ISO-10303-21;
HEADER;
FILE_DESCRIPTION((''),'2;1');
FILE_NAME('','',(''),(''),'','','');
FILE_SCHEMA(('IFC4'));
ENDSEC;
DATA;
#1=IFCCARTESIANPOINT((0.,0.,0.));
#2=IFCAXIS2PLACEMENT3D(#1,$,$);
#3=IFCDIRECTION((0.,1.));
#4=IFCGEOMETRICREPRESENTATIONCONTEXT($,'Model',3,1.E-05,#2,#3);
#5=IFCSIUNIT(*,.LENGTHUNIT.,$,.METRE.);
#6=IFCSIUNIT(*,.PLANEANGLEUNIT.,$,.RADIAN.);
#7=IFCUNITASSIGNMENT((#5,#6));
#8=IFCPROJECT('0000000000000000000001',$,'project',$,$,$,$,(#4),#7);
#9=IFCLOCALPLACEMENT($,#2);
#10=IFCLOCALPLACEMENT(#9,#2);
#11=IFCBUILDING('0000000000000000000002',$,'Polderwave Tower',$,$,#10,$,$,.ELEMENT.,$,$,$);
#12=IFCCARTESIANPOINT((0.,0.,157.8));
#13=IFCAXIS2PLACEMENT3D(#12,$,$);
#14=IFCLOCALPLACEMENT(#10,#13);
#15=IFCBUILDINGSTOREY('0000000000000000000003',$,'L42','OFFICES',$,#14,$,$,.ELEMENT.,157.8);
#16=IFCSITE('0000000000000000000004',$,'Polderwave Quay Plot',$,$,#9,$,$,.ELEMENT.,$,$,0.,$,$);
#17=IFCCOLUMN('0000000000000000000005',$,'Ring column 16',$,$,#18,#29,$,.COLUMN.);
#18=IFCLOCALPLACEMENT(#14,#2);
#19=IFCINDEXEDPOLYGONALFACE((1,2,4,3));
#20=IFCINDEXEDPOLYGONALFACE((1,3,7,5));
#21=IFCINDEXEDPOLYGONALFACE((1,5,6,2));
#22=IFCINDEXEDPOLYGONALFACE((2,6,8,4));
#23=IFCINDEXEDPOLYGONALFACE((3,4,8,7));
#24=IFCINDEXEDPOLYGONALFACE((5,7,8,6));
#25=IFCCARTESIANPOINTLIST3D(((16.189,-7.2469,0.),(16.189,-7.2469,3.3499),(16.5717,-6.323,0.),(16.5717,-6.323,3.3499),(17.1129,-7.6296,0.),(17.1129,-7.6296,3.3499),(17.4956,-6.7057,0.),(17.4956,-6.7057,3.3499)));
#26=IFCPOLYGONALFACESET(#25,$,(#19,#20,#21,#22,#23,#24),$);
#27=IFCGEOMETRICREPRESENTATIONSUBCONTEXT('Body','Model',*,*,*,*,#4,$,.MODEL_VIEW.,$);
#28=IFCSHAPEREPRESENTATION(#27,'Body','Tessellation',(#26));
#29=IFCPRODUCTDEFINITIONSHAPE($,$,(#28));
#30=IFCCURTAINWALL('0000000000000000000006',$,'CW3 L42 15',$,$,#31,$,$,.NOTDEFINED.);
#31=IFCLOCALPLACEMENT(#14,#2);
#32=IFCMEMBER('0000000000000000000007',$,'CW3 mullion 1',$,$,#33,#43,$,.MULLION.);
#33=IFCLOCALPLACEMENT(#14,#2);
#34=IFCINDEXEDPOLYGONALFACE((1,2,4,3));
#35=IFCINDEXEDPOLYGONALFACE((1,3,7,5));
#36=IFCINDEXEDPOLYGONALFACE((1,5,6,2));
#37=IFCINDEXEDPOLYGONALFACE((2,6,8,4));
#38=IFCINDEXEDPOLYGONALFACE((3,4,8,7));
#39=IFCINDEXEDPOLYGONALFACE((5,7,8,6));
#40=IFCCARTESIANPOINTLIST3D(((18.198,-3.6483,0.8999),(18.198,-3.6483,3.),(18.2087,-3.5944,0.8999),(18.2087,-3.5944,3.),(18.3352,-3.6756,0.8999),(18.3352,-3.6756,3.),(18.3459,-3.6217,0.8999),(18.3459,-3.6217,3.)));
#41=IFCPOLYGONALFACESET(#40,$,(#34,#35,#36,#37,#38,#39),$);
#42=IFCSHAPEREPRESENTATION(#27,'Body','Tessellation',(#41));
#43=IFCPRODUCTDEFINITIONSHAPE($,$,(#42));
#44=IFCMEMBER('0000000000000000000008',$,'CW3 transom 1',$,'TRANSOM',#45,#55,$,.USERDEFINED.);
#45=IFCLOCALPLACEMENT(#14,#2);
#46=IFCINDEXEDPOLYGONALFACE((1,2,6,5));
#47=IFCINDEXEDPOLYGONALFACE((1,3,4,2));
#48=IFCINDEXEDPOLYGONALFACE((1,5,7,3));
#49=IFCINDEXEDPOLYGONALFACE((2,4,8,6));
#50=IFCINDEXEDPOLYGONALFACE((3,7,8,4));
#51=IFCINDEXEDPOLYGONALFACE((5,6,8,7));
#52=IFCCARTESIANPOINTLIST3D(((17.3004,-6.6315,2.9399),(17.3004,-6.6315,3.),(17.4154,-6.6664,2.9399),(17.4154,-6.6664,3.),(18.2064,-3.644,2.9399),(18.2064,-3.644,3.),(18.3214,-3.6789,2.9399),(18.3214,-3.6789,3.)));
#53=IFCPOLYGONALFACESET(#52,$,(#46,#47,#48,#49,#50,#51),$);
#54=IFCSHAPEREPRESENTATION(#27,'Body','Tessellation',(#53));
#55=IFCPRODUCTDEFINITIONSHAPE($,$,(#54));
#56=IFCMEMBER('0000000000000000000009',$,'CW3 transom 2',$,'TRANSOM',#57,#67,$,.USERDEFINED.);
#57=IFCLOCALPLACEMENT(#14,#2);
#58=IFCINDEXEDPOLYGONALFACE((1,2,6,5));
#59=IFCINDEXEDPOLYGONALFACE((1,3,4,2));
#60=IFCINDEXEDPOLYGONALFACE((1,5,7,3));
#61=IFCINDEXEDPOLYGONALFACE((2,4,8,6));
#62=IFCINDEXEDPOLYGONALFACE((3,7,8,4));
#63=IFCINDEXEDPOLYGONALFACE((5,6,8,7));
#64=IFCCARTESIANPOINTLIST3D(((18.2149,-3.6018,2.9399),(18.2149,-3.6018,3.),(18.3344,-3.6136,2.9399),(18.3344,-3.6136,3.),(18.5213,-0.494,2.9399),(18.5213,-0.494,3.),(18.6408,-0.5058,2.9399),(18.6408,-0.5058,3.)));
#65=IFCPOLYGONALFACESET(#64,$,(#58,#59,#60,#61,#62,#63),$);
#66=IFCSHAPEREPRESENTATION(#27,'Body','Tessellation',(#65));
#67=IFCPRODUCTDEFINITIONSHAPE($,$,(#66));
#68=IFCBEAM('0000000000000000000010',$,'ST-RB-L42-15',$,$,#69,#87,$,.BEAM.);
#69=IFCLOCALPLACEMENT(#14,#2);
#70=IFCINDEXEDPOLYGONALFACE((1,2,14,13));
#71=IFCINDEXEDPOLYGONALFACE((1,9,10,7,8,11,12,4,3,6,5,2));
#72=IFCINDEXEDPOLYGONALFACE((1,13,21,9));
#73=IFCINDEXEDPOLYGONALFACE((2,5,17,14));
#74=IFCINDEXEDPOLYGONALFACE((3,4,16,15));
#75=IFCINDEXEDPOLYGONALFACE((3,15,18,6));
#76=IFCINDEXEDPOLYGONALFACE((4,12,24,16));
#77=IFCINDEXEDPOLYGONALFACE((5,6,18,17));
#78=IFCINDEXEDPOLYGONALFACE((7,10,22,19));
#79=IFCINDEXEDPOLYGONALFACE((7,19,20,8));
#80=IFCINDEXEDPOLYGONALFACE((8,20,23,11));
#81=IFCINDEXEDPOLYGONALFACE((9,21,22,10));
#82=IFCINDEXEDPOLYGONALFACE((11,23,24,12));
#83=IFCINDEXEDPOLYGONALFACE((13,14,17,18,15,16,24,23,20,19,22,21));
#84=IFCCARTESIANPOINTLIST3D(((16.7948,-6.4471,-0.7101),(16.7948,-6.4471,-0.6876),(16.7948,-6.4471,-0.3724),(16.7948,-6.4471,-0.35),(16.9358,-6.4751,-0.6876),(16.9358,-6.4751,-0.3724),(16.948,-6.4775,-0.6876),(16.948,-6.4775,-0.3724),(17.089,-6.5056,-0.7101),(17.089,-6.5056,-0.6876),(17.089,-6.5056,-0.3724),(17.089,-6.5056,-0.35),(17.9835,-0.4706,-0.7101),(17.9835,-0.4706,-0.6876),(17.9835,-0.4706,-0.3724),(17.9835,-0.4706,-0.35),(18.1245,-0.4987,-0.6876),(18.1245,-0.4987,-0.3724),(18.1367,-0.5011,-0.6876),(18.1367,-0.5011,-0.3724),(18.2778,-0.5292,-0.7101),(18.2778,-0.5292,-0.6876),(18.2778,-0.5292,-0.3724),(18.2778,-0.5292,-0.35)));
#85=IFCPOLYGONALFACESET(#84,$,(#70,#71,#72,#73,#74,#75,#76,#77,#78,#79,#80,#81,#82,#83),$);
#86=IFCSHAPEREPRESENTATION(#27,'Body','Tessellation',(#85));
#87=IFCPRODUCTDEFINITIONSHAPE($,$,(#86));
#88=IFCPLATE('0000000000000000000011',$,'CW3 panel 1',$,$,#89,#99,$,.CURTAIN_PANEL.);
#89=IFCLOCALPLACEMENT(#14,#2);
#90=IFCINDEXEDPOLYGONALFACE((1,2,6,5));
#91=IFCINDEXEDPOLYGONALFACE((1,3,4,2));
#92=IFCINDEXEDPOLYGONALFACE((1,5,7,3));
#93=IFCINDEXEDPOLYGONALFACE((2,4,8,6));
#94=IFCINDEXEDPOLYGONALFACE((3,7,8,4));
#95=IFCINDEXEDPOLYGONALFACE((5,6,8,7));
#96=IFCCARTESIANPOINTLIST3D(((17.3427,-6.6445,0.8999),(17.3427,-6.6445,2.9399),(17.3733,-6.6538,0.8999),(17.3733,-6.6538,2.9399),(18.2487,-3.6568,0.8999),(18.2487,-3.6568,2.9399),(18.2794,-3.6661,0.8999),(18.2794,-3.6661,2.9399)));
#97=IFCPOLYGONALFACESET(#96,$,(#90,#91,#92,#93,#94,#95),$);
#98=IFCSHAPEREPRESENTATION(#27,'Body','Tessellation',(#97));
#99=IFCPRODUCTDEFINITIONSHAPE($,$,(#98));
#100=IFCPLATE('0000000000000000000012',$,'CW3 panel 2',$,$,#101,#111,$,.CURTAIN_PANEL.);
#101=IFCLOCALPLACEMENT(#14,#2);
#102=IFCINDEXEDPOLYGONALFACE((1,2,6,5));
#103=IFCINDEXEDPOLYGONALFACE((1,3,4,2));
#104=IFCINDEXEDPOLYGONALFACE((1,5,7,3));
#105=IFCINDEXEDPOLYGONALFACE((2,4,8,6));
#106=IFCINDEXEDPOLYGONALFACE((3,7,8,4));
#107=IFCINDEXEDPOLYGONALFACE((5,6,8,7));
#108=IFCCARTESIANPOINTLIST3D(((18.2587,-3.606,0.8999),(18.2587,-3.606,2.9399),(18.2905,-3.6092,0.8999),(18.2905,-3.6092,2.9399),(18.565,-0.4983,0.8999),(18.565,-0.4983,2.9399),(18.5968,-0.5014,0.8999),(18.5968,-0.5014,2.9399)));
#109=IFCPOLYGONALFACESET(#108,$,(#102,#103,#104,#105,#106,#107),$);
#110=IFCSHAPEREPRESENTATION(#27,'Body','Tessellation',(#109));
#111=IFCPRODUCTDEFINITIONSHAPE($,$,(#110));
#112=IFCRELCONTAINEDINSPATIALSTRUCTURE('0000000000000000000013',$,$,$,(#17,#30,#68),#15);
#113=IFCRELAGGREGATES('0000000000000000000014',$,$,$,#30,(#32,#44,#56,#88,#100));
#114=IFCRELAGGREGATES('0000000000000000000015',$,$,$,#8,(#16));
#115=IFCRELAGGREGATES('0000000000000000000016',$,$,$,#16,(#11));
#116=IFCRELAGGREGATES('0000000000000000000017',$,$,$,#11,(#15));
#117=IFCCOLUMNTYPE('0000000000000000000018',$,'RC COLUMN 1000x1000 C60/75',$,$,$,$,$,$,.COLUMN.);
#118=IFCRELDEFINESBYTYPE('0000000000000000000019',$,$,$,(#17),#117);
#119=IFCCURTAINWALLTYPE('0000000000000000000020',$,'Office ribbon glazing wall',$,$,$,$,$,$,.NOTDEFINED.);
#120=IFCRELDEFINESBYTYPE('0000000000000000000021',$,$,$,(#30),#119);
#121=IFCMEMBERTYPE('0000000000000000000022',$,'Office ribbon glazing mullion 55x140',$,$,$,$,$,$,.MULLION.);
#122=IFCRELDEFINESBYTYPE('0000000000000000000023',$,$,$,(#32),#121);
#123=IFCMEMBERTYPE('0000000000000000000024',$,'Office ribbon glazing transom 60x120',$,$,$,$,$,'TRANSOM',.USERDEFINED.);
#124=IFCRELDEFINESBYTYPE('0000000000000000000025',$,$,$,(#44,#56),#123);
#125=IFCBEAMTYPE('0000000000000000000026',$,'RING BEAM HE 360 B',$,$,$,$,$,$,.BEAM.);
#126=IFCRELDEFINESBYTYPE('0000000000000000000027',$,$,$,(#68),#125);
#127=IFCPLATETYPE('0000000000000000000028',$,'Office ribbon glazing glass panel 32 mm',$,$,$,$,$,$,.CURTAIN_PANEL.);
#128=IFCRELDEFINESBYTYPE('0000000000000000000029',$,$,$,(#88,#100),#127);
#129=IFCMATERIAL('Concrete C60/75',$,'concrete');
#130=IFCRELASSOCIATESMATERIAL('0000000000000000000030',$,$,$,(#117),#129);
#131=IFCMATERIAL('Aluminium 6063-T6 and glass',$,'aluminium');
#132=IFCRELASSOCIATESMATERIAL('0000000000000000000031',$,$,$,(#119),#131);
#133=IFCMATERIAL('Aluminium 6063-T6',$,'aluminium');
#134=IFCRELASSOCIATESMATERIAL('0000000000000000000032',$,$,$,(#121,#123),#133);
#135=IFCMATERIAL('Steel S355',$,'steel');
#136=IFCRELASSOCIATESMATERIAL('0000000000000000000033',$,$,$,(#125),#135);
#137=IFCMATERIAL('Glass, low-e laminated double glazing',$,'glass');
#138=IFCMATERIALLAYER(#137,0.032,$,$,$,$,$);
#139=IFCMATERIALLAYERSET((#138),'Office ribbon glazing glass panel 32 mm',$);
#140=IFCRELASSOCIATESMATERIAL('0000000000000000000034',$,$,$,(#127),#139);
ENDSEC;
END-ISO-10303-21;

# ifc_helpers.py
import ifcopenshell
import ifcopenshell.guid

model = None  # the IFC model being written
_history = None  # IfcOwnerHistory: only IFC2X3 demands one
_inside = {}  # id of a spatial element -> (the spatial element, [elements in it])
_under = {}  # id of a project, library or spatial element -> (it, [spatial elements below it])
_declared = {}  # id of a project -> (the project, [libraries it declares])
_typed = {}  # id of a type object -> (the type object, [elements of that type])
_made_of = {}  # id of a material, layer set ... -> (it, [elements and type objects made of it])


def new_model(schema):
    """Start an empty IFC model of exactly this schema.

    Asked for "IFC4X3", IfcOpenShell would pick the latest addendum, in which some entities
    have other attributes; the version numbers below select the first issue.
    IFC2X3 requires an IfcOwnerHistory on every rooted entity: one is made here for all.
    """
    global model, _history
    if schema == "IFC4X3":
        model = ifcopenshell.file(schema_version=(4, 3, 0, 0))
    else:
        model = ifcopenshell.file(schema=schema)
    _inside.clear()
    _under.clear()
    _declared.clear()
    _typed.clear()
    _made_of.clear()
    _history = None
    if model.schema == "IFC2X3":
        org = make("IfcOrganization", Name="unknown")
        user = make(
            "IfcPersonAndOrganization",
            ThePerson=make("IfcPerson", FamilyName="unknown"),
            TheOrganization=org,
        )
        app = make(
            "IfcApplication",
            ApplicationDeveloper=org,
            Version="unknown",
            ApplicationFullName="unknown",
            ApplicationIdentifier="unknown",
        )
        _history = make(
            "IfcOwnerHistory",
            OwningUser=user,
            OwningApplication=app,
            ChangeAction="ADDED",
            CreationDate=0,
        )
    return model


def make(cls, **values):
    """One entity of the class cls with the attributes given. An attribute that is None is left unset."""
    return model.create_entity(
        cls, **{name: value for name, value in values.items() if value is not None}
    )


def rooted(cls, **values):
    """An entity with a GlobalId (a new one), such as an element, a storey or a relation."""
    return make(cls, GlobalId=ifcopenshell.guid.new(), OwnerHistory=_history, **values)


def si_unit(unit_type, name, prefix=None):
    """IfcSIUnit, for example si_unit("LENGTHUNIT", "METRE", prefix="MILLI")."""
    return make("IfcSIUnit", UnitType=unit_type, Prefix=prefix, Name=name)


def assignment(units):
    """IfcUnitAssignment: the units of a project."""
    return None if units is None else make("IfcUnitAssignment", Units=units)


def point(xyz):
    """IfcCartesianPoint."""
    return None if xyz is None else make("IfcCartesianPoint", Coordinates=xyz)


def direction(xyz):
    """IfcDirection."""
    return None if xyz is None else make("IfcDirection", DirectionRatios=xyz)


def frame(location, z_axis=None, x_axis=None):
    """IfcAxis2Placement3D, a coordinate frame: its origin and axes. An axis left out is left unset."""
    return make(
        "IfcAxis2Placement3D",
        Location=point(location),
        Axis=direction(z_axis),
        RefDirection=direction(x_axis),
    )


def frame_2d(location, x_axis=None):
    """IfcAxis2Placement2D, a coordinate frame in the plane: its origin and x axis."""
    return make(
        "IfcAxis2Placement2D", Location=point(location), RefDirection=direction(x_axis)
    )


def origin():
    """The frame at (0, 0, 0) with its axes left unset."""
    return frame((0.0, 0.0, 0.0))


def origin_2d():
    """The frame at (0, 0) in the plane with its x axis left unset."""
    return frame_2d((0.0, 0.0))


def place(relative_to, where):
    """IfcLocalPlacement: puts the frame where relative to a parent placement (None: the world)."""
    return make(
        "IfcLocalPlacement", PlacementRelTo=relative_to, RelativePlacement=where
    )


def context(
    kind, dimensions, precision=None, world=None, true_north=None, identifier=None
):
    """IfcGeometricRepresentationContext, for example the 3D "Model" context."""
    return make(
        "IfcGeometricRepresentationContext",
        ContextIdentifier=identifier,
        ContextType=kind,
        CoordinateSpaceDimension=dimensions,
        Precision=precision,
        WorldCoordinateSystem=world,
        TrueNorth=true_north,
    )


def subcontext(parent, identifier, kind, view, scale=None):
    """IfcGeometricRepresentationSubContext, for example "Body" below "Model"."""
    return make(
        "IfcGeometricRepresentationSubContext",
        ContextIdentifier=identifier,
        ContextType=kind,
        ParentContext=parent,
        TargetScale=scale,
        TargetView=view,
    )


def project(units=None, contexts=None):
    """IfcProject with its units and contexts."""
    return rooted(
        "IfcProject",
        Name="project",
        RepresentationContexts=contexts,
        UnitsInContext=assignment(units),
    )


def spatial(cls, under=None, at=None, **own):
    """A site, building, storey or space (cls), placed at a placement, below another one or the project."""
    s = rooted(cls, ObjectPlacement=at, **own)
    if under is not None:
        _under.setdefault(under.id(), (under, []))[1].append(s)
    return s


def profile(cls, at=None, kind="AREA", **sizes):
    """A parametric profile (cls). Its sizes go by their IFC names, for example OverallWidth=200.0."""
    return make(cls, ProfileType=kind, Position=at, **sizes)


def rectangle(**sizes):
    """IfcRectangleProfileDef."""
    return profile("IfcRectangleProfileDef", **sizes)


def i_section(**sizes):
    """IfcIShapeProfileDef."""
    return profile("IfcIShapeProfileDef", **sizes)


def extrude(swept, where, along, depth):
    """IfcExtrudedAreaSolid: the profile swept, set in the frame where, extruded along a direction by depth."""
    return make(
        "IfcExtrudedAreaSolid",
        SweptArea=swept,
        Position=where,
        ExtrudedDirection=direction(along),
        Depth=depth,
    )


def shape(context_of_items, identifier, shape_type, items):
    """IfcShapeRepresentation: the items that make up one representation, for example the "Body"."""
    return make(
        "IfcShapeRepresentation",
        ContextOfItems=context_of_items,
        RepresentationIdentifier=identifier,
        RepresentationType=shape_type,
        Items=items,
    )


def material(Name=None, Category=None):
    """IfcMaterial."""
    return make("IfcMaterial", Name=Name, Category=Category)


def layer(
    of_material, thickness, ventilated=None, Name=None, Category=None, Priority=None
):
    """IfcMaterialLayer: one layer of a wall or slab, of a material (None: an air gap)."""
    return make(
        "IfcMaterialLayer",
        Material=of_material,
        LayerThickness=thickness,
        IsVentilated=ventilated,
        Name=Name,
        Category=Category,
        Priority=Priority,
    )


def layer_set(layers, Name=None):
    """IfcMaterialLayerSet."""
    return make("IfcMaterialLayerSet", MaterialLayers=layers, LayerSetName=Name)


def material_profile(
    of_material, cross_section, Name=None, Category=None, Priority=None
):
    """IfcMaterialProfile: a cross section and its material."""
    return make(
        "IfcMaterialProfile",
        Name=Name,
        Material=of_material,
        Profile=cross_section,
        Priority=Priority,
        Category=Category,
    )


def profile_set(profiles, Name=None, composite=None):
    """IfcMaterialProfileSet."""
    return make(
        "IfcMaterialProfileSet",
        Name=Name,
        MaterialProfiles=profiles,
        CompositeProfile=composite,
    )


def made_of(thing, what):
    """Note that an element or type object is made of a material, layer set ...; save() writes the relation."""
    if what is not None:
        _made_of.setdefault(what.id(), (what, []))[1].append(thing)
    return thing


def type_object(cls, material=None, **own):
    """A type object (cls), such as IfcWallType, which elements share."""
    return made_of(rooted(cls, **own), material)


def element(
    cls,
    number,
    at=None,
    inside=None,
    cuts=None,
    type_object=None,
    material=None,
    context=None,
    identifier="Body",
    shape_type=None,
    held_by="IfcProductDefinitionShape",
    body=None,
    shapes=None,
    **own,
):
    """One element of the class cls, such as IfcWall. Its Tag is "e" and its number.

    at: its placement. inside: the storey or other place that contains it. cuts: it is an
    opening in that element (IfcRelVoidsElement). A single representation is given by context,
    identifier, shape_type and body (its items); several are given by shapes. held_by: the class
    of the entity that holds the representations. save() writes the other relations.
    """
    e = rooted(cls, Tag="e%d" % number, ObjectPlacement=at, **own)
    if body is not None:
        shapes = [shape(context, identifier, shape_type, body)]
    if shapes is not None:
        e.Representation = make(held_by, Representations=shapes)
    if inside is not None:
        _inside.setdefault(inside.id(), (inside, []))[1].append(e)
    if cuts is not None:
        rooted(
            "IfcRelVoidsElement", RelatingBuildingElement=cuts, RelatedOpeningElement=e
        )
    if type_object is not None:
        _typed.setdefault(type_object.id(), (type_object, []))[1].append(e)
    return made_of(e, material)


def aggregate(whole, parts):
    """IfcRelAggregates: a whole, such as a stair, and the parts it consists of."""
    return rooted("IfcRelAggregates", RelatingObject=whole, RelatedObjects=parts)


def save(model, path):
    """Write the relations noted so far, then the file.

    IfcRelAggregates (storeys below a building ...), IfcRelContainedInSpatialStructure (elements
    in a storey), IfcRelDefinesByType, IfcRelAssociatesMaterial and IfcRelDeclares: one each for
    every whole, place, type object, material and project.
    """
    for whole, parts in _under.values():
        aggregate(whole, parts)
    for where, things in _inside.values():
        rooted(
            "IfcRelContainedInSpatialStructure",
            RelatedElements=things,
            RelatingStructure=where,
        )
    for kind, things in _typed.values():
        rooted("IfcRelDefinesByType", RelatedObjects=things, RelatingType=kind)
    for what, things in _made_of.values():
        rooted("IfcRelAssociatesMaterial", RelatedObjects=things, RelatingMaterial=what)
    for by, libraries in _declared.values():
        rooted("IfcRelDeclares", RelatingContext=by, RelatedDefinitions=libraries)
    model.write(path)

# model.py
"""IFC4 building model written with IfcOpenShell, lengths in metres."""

from ifc_helpers import new_model, si_unit, direction, frame, origin, origin_2d, place, context, subcontext, project, spatial, rectangle, i_section, extrude, material, layer, layer_set, material_profile, profile_set, type_object, element, aggregate, save


model = new_model("IFC4")

# Units and contexts
model_context = context("Model", 3, precision=1e-05, world=origin(), true_north=direction((0.0, 1.0)))
body_context = subcontext(model_context, "Body", "Model", "MODEL_VIEW")
ifc_project = project(units=[si_unit("LENGTHUNIT", "METRE"), si_unit("PLANEANGLEUNIT", "RADIAN")], contexts=[model_context])

# Site, building, storey
site_placement = place(None, origin())
site = spatial("IfcSite", under=ifc_project, at=site_placement, Name="Polderwave Quay Plot", CompositionType="ELEMENT", RefElevation=0.0)
building_placement = place(site_placement, origin())
building = spatial("IfcBuilding", under=site, at=building_placement, Name="Polderwave Tower", CompositionType="ELEMENT")
storey_placement = place(building_placement, frame((0.0, 0.0, 157.8)))
storey = spatial("IfcBuildingStorey", under=building, at=storey_placement, Name="L42", Description="OFFICES", CompositionType="ELEMENT", Elevation=157.8)

# Column
ifc_material_1 = material(Name="Concrete C60/75", Category="concrete")
ifc_material_profile_1 = material_profile(ifc_material_1, rectangle(XDim=1.0, YDim=1.0, at=origin_2d()), Name="RC 1000x1000")
ifc_profile_set_1 = profile_set([ifc_material_profile_1], Name="Concrete C60/75")
column_type = type_object("IfcColumnType", Name="RC COLUMN 1000x1000 C60/75", PredefinedType="COLUMN", material=ifc_profile_set_1)
column_placement = place(storey_placement, frame((16.8423, -6.9763, 0.0), z_axis=(0.0, 0.0, 1.0), x_axis=(0.92388, -0.382683, 0.0)))
element("IfcColumn", 1, at=column_placement, inside=storey, type_object=column_type, Name="Ring column 16", PredefinedType="COLUMN", context=body_context, shape_type="SweptSolid", body=[
    extrude(rectangle(XDim=1.0, YDim=1.0, at=origin_2d()), origin(), (0.0, 0.0, 1.0), 3.3499),
])

# Curtain wall, members
ifc_material_2 = material(Name="Aluminium 6063-T6 and glass", Category="aluminium")
curtain_wall_type = type_object("IfcCurtainWallType", Name="Office ribbon glazing wall", PredefinedType="NOTDEFINED", material=ifc_material_2)
curtain_wall_placement = place(storey_placement, origin())
curtain_wall = element("IfcCurtainWall", 2, at=curtain_wall_placement, inside=storey, type_object=curtain_wall_type, Name="CW3 L42 15", PredefinedType="NOTDEFINED")
ifc_material_3 = material(Name="Aluminium 6063-T6", Category="aluminium")
ifc_material_profile_2 = material_profile(ifc_material_3, rectangle(XDim=0.1399, YDim=0.0549, at=origin_2d()), Name="AL 55x140")
ifc_profile_set_2 = profile_set([ifc_material_profile_2], Name="Aluminium 6063-T6")
member_type_1 = type_object("IfcMemberType", Name="Office ribbon glazing mullion 55x140", PredefinedType="MULLION", material=ifc_profile_set_2)
member_1_placement = place(storey_placement, frame((18.272, -3.635, 0.8999), z_axis=(0.0, 0.0, 1.0), x_axis=(-0.980787, 0.195083, 0.0)))
member_1 = element("IfcMember", 3, at=member_1_placement, type_object=member_type_1, Name="CW3 mullion 1", PredefinedType="MULLION", context=body_context, shape_type="SweptSolid", body=[
    extrude(rectangle(XDim=0.1399, YDim=0.0549, at=origin_2d()), origin(), (0.0, 0.0, 1.0), 2.1001),
])
ifc_material_profile_3 = material_profile(ifc_material_3, rectangle(XDim=0.1201, YDim=0.0601, at=origin_2d()), Name="AL 60x120")
ifc_profile_set_3 = profile_set([ifc_material_profile_3], Name="Aluminium 6063-T6")
member_type_2 = type_object("IfcMemberType", Name="Office ribbon glazing transom 60x120", ElementType="TRANSOM", PredefinedType="USERDEFINED", material=ifc_profile_set_3)
member_2_placement = place(storey_placement, frame((17.3579, -6.6489, 2.97), z_axis=(0.290209, 0.956963, 0.0), x_axis=(-0.956963, 0.290209, 0.0)))
member_2 = element("IfcMember", 4, at=member_2_placement, type_object=member_type_2, Name="CW3 transom 1", ObjectType="TRANSOM", PredefinedType="USERDEFINED", context=body_context, shape_type="SweptSolid", body=[
    extrude(rectangle(XDim=0.1201, YDim=0.0601, at=origin_2d()), origin(), (0.0, 0.0, 1.0), 3.1218),
])
member_3_placement = place(storey_placement, frame((18.2747, -3.6077, 2.97), z_axis=(0.098118, 0.995175, 0.0), x_axis=(-0.995175, 0.098118, 0.0)))
member_3 = element("IfcMember", 5, at=member_3_placement, type_object=member_type_2, Name="CW3 transom 2", ObjectType="TRANSOM", PredefinedType="USERDEFINED", context=body_context, shape_type="SweptSolid", body=[
    extrude(rectangle(XDim=0.1201, YDim=0.0601, at=origin_2d()), origin(), (0.0, 0.0, 1.0), 3.1228),
])

# Beam
ifc_material_4 = material(Name="Steel S355", Category="steel")
ifc_material_profile_4 = material_profile(ifc_material_4, i_section(OverallWidth=0.3, OverallDepth=0.3601, WebThickness=0.0125, FlangeThickness=0.0225, at=origin_2d()), Name="HE 360 B")
ifc_profile_set_4 = profile_set([ifc_material_profile_4], Name="Steel S355")
beam_type = type_object("IfcBeamType", Name="RING BEAM HE 360 B", PredefinedType="BEAM", material=ifc_profile_set_4)
beam_placement = place(storey_placement, frame((16.9419, -6.4763, -0.53), z_axis=(0.195084, 0.980787, 0.0), x_axis=(-0.980787, 0.195084, 0.0)))
element("IfcBeam", 6, at=beam_placement, inside=storey, type_object=beam_type, Name="ST-RB-L42-15", PredefinedType="BEAM", context=body_context, shape_type="SweptSolid", body=[
    extrude(i_section(OverallWidth=0.3, OverallDepth=0.3601, WebThickness=0.0125, FlangeThickness=0.0225, at=origin_2d()), origin(), (0.0, 0.0, 1.0), 6.0935),
])

# Plates
ifc_material_5 = material(Name="Glass, low-e laminated double glazing", Category="glass")
ifc_layer_1 = layer(ifc_material_5, 0.032)
ifc_layer_set_1 = layer_set([ifc_layer_1], Name="Office ribbon glazing glass panel 32 mm")
plate_type = type_object("IfcPlateType", Name="Office ribbon glazing glass panel 32 mm", PredefinedType="CURTAIN_PANEL", material=ifc_layer_set_1)
plate_1_placement = place(storey_placement, frame((17.811, -5.1553, 0.8999), z_axis=(0.0, 0.0, 1.0), x_axis=(0.290201, 0.956966, 0.0)))
plate_1 = element("IfcPlate", 7, at=plate_1_placement, type_object=plate_type, Name="CW3 panel 1", PredefinedType="CURTAIN_PANEL", context=body_context, shape_type="SweptSolid", body=[
    extrude(rectangle(XDim=3.1221, YDim=0.032, at=origin_2d()), origin(), (0.0, 0.0, 1.0), 2.04),
])
plate_2_placement = place(storey_placement, frame((18.4277, -2.0537, 0.8999), z_axis=(0.0, 0.0, 1.0), x_axis=(0.09809, 0.995178, 0.0)))
plate_2 = element("IfcPlate", 8, at=plate_2_placement, type_object=plate_type, Name="CW3 panel 2", PredefinedType="CURTAIN_PANEL", context=body_context, shape_type="SweptSolid", body=[
    extrude(rectangle(XDim=3.1228, YDim=0.032, at=origin_2d()), origin(), (0.0, 0.0, 1.0), 2.04),
])
aggregate(curtain_wall, [member_1, member_2, member_3, plate_1, plate_2])

save(model, "model.ifc")
